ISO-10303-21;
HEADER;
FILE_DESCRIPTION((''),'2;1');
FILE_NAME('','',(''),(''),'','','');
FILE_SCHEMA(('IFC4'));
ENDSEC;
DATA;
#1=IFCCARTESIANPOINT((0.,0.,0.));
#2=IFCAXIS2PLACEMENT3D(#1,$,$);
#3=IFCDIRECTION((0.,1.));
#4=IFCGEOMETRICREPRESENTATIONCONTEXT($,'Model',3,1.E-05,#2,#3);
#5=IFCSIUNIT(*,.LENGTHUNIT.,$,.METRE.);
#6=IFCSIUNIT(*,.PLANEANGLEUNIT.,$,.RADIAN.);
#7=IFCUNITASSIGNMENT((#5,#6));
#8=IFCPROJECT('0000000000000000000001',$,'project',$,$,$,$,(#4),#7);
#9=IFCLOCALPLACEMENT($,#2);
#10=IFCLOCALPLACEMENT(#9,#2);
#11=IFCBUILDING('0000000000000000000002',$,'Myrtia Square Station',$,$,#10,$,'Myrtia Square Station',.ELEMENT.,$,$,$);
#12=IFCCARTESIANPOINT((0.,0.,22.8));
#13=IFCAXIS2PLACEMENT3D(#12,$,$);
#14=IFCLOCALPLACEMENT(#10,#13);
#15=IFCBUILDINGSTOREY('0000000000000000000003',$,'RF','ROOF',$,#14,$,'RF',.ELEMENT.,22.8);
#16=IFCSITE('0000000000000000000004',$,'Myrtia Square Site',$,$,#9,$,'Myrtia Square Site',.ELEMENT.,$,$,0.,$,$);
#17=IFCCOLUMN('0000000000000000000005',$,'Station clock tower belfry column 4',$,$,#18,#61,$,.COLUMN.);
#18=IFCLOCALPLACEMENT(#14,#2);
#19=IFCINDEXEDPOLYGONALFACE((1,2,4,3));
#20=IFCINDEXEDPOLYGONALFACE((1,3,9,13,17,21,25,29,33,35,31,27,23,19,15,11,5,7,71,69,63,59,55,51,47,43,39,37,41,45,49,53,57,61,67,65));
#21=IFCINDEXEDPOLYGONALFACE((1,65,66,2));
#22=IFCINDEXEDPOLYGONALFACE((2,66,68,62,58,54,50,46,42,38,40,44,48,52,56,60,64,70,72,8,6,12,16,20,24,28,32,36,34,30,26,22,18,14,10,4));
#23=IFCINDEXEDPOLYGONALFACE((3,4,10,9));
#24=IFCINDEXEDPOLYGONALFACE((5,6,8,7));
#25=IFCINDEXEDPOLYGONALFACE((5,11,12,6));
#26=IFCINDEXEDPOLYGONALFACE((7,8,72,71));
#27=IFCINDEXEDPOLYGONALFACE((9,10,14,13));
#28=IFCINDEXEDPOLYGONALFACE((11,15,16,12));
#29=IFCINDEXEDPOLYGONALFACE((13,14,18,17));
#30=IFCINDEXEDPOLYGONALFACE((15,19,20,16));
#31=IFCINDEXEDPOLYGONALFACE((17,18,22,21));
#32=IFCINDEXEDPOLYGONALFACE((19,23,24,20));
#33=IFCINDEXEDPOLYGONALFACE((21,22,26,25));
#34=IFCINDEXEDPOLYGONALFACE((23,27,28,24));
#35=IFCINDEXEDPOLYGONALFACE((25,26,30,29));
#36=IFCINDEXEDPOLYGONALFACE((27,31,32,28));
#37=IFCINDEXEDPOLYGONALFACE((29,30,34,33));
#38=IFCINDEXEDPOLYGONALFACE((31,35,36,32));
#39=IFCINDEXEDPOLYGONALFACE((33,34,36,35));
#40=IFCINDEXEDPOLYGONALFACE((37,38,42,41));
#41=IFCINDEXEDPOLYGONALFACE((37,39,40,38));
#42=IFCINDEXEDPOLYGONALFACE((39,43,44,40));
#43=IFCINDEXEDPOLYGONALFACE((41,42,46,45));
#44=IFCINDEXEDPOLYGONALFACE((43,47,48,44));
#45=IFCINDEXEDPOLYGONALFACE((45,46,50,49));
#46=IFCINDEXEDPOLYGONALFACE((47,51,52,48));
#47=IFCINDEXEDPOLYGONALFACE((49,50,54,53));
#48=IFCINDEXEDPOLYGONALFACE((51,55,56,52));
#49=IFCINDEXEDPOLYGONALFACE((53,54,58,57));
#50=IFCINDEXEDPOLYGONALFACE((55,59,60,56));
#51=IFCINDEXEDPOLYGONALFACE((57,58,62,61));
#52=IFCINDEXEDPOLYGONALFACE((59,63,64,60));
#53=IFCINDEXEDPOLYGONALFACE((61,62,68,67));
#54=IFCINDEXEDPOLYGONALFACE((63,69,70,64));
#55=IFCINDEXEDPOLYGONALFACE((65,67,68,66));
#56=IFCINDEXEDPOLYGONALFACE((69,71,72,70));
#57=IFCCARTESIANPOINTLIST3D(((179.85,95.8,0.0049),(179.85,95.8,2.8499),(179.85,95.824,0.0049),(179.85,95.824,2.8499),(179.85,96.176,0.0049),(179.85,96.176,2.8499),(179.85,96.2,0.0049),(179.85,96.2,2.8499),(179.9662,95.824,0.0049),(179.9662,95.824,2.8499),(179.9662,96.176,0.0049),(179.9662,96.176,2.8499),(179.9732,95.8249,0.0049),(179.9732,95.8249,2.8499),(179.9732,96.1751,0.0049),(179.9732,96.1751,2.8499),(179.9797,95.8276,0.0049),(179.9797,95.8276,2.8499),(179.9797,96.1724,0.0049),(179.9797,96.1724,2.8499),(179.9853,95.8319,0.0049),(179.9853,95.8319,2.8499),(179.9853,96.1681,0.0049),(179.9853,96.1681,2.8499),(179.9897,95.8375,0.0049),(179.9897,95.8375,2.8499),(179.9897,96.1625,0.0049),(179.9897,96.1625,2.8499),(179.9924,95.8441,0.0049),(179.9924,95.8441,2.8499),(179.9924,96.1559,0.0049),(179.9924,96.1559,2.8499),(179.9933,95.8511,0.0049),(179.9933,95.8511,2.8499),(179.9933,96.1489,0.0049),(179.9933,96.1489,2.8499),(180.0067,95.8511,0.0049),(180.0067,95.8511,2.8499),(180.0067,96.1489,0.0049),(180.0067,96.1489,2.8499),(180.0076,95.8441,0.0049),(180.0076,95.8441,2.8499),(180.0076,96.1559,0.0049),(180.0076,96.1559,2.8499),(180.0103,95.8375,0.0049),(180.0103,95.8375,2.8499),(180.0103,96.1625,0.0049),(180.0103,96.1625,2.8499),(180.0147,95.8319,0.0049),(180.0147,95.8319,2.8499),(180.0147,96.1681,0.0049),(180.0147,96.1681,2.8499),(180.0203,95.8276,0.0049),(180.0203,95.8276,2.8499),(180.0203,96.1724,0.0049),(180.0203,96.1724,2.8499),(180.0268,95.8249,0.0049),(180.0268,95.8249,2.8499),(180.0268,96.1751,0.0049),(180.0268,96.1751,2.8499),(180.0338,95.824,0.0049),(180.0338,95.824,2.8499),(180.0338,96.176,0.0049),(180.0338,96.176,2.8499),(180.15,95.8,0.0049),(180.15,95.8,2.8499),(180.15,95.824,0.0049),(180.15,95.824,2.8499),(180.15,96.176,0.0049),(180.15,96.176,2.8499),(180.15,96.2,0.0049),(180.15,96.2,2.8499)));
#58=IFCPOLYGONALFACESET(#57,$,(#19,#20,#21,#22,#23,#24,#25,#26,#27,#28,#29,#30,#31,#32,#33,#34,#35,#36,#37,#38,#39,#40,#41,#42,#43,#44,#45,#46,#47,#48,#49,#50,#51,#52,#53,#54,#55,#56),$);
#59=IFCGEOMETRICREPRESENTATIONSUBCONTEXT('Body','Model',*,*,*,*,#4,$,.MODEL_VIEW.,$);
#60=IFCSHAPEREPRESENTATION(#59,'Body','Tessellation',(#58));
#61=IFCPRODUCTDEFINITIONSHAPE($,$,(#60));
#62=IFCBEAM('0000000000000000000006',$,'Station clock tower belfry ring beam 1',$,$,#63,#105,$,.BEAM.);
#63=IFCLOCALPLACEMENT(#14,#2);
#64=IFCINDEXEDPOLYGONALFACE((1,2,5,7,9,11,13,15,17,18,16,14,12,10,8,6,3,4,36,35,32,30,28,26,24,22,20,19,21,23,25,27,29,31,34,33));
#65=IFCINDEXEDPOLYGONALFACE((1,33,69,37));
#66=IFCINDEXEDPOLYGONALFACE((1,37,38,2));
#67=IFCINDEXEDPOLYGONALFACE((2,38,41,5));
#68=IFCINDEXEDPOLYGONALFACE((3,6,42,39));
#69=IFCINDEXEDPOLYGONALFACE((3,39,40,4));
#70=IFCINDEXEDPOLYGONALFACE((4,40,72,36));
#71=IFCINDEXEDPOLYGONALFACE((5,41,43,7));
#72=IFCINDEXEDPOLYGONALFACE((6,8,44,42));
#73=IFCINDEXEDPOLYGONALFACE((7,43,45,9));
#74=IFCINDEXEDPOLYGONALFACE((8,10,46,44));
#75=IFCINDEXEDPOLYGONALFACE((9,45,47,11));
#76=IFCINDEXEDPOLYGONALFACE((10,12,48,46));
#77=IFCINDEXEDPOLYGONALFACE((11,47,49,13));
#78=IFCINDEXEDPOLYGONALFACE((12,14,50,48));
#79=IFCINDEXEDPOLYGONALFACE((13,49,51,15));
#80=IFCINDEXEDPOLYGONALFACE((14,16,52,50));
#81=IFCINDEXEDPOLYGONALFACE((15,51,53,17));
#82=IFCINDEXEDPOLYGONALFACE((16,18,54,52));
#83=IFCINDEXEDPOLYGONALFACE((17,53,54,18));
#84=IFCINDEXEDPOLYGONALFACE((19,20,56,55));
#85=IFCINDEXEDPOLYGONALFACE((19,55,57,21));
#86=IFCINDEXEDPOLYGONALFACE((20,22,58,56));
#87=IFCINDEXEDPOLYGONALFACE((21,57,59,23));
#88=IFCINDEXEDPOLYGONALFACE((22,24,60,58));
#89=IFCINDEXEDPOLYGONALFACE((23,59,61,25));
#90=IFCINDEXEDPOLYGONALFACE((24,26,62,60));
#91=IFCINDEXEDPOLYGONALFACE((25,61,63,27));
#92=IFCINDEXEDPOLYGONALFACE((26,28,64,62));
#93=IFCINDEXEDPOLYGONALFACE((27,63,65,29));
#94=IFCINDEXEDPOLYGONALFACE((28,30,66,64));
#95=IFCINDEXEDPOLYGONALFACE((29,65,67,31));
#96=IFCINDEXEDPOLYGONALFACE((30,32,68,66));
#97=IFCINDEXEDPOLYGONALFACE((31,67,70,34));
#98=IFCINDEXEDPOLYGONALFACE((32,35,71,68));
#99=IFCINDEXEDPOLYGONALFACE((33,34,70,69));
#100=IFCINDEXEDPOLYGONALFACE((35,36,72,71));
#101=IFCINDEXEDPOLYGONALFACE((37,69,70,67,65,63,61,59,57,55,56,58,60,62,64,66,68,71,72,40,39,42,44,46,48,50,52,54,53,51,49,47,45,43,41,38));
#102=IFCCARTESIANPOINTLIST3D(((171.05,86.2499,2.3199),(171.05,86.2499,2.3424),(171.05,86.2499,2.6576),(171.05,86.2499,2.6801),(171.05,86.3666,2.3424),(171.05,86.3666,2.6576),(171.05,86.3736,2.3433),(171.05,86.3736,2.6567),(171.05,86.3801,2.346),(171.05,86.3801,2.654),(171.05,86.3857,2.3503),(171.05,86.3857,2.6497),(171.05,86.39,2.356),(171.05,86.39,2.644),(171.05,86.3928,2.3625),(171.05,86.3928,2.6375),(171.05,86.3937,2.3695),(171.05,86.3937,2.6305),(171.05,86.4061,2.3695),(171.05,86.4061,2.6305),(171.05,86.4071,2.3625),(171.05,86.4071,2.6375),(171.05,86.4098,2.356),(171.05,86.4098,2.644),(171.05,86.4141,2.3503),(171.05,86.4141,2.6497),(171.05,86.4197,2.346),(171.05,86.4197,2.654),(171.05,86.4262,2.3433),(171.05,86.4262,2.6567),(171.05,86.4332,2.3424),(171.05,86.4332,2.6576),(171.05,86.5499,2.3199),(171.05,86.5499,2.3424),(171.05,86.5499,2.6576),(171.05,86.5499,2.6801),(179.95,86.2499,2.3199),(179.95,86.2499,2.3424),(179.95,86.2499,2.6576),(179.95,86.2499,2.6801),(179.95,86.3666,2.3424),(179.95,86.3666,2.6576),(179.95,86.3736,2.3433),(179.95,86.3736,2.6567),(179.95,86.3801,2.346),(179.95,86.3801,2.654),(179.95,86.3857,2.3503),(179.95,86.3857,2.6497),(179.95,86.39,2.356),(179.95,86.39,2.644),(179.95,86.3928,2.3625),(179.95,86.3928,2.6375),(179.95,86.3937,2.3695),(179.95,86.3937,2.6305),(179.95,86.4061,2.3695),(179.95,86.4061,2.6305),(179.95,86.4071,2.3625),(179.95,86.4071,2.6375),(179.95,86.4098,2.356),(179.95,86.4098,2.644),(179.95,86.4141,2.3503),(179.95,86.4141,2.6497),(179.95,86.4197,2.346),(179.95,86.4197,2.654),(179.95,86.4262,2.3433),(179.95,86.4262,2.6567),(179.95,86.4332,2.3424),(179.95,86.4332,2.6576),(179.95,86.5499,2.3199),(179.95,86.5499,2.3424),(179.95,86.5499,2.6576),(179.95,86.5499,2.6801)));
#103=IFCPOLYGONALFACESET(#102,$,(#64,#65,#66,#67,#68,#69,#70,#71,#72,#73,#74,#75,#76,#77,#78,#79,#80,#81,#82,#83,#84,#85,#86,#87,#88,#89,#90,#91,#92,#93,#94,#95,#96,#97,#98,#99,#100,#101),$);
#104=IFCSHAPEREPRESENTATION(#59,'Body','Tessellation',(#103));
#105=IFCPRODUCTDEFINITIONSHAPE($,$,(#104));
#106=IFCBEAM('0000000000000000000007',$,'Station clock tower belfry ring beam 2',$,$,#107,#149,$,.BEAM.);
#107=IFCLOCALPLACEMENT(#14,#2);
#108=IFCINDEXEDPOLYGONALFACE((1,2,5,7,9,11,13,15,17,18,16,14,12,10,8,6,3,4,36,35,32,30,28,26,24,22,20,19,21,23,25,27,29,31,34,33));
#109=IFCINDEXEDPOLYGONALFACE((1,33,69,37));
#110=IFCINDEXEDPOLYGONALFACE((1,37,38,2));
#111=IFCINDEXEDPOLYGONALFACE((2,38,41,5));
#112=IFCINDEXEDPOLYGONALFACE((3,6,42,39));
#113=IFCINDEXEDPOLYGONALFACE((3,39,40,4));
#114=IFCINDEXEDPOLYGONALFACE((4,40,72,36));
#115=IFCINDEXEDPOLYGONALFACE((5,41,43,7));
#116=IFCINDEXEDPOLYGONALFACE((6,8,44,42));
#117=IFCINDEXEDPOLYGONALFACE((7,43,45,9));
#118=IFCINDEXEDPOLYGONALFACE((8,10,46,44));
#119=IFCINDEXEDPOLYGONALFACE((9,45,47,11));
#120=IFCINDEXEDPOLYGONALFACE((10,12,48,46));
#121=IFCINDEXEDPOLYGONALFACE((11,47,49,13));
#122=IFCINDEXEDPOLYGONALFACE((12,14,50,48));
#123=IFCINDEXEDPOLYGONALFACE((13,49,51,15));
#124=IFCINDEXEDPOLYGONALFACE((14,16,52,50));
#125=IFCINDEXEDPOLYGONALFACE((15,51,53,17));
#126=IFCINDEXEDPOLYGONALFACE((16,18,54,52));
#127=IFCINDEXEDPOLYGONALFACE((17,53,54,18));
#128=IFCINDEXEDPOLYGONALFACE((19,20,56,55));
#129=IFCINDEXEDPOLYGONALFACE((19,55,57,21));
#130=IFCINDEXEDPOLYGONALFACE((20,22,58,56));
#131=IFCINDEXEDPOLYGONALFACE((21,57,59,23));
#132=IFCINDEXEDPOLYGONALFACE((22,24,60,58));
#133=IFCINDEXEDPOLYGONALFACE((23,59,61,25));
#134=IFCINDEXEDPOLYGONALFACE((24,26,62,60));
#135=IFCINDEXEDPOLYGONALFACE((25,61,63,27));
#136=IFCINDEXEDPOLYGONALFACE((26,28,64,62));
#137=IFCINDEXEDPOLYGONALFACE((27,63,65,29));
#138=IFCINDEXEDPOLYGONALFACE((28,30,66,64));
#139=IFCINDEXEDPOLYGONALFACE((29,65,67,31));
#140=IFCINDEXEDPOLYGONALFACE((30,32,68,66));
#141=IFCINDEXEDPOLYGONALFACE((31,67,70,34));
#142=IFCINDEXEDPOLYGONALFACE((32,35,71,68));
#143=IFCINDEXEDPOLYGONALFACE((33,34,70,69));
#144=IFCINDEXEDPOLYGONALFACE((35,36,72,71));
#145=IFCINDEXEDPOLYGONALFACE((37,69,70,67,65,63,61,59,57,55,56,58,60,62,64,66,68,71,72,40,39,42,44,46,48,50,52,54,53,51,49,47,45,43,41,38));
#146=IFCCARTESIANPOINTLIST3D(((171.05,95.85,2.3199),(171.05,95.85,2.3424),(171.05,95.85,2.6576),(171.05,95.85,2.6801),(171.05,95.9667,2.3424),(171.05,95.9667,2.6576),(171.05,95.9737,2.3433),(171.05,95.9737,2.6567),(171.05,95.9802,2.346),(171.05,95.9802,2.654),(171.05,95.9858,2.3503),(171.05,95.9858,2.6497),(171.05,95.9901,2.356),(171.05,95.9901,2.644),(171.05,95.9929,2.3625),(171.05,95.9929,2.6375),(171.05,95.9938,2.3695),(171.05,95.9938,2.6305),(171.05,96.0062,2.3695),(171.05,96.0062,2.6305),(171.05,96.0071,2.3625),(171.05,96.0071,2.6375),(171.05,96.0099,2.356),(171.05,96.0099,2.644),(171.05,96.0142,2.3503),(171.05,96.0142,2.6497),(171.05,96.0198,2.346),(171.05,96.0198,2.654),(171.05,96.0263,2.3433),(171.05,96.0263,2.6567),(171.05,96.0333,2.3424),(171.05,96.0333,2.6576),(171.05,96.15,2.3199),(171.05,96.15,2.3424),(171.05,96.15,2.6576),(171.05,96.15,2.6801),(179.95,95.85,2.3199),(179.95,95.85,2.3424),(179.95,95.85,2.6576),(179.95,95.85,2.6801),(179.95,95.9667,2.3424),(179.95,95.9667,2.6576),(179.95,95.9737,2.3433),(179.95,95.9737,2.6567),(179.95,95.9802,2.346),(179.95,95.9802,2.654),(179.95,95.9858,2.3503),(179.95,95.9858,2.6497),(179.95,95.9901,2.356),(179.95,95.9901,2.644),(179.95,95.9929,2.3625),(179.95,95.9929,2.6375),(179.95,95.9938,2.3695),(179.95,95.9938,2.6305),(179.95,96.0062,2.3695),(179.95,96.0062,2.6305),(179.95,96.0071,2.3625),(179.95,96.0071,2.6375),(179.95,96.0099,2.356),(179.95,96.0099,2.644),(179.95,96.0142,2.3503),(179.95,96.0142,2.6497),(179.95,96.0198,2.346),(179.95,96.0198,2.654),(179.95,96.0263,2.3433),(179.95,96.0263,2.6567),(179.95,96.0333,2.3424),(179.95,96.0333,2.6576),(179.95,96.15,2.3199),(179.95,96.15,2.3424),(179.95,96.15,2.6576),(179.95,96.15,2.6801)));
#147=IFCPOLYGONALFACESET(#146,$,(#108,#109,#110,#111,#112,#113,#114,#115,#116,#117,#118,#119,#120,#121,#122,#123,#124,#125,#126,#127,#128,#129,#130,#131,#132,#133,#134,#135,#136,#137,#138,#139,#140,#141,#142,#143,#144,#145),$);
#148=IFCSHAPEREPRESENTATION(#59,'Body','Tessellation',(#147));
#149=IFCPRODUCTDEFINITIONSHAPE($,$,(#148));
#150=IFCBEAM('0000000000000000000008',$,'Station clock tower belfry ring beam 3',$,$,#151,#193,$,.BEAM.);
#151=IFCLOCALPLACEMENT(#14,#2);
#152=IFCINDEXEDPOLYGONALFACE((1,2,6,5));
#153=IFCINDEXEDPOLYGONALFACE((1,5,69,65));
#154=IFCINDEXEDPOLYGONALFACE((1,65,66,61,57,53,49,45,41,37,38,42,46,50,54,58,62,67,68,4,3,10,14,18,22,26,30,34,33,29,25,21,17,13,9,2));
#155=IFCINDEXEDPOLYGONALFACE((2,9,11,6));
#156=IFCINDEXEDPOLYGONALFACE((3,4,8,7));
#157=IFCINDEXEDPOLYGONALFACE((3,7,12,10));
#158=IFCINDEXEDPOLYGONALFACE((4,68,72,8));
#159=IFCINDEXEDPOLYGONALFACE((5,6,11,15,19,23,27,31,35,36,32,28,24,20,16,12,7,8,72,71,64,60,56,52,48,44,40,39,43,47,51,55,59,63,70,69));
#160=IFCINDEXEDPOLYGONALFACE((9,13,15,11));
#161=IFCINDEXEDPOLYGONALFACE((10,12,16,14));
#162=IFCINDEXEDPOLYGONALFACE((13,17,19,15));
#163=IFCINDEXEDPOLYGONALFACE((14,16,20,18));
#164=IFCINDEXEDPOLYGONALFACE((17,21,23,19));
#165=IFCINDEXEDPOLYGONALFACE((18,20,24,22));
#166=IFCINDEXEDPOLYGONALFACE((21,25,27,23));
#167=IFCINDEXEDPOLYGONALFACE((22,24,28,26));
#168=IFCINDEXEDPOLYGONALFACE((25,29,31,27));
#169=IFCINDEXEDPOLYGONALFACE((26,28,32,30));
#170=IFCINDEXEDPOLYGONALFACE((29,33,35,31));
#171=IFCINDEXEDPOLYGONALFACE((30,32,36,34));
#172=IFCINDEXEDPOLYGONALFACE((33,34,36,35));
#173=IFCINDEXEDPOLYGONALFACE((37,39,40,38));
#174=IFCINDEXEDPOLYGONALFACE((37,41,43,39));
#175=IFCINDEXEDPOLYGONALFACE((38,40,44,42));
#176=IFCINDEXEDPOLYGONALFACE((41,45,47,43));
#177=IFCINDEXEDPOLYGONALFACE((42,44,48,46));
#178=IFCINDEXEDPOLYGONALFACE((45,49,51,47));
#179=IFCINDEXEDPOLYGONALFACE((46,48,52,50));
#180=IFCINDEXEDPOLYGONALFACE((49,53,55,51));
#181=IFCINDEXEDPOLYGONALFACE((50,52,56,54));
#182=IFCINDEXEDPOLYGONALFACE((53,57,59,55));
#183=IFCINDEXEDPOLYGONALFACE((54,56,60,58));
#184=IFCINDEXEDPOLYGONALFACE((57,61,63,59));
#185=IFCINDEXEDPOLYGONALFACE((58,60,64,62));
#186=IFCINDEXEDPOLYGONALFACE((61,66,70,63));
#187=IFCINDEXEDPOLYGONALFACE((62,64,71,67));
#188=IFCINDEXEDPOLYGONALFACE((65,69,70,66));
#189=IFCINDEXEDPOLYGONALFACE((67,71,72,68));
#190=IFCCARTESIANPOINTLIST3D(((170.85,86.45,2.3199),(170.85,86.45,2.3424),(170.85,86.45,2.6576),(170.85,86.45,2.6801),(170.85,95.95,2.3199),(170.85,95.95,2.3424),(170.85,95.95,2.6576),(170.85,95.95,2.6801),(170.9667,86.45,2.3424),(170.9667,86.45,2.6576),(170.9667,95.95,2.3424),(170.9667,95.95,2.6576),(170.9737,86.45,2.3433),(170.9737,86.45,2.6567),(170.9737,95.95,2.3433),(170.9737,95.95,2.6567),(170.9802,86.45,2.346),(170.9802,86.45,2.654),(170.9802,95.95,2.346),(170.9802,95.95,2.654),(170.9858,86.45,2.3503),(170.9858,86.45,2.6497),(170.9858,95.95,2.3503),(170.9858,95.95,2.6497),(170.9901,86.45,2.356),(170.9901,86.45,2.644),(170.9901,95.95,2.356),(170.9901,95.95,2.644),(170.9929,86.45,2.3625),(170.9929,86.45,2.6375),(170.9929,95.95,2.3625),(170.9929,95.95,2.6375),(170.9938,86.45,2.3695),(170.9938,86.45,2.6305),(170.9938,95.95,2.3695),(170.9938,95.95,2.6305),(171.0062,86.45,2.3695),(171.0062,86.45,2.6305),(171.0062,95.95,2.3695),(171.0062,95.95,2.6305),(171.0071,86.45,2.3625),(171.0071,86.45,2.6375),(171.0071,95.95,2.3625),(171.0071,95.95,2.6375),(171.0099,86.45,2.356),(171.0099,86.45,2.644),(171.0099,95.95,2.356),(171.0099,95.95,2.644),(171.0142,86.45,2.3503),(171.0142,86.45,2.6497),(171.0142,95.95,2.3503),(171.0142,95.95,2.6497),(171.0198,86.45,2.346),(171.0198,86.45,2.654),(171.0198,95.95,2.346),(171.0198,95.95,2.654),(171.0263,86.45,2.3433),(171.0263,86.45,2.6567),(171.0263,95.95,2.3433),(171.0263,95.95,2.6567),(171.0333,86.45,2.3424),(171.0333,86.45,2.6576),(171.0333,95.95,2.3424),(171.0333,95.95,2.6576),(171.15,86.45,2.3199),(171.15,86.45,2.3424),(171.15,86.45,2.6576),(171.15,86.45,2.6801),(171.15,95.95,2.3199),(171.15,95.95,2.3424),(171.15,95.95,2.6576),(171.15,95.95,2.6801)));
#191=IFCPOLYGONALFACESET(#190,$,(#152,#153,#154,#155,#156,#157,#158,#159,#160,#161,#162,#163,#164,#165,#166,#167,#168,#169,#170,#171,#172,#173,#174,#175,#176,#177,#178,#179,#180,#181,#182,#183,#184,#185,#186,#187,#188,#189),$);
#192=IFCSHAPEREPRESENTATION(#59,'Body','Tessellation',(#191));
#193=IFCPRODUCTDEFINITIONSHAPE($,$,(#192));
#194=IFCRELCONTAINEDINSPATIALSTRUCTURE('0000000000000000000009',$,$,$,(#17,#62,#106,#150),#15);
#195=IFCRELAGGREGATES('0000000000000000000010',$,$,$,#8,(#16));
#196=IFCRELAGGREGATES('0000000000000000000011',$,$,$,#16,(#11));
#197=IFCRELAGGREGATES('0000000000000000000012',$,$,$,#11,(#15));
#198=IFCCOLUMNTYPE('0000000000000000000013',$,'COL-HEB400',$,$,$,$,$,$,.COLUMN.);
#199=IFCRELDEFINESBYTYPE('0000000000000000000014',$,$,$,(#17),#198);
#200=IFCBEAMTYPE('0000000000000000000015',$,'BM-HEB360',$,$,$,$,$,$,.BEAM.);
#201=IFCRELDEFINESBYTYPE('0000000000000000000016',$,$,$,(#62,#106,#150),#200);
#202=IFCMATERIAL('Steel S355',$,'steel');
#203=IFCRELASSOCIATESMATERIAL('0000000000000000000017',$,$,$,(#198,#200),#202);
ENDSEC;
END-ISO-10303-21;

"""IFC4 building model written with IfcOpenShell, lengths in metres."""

from ifc_helpers import new_model, si_unit, direction, frame, origin, origin_2d, place, context, subcontext, project, spatial, i_section, extrude, material, material_profile, profile_set, type_object, element, save


model = new_model("IFC4")

# Units and contexts
model_context = context("Model", 3, precision=1e-05, world=origin(), true_north=direction((0.0, 1.0)))
body_context = subcontext(model_context, "Body", "Model", "MODEL_VIEW")
ifc_project = project(units=[si_unit("LENGTHUNIT", "METRE"), si_unit("PLANEANGLEUNIT", "RADIAN")], contexts=[model_context])

# Site, building, storey
site_placement = place(None, origin())
site = spatial("IfcSite", under=ifc_project, at=site_placement, Name="Myrtia Square Site", LongName="Myrtia Square Site", CompositionType="ELEMENT", RefElevation=0.0)
building_placement = place(site_placement, origin())
building = spatial("IfcBuilding", under=site, at=building_placement, Name="Myrtia Square Station", LongName="Myrtia Square Station", CompositionType="ELEMENT")
storey_placement = place(building_placement, frame((0.0, 0.0, 22.8)))
storey = spatial("IfcBuildingStorey", under=building, at=storey_placement, Name="RF", Description="ROOF", LongName="RF", CompositionType="ELEMENT", Elevation=22.8)

# Column
ifc_material_1 = material(Name="Steel S355", Category="steel")
ifc_material_profile_1 = material_profile(ifc_material_1, i_section(OverallWidth=0.3, OverallDepth=0.3999, WebThickness=0.0134, FlangeThickness=0.0239, FilletRadius=0.0271, at=origin_2d()), Name="HEB 400")
ifc_profile_set_1 = profile_set([ifc_material_profile_1], Name="Steel S355")
column_type_1 = type_object("IfcColumnType", Name="COL-HEB400", PredefinedType="COLUMN", material=ifc_profile_set_1)
for number, where, z_axis, x_axis, name in (
    (1, (180.0, 96.0, 0.0049), (0.0, 0.0, 1.0), (1.0, 0.0, 0.0), "Station clock tower belfry column 4"),
):
    element("IfcColumn", number, at=place(storey_placement, frame(where, z_axis=z_axis, x_axis=x_axis)), inside=storey, type_object=column_type_1, Name=name, PredefinedType="COLUMN", context=body_context, shape_type="SweptSolid", body=[
        extrude(i_section(OverallWidth=0.3, OverallDepth=0.3999, WebThickness=0.0134, FlangeThickness=0.0239, FilletRadius=0.0271, at=origin_2d()), origin(), (0.0, 0.0, 1.0), 2.845),
    ])

# Beams
ifc_material_profile_2 = material_profile(ifc_material_1, i_section(OverallWidth=0.3, OverallDepth=0.3601, WebThickness=0.0125, FlangeThickness=0.0225, FilletRadius=0.0271, at=origin_2d()), Name="HEB 360")
ifc_profile_set_2 = profile_set([ifc_material_profile_2], Name="Steel S355")
beam_type_1 = type_object("IfcBeamType", Name="BM-HEB360", PredefinedType="BEAM", material=ifc_profile_set_2)
for number, where, z_axis, x_axis, name in (
    (2, (171.05, 86.3999, 2.5), (1.0, 0.0, 0.0), (0.0, 1.0, 0.0), "Station clock tower belfry ring beam 1"),
    (3, (171.05, 96.0, 2.5), (1.0, 0.0, 0.0), (0.0, 1.0, 0.0), "Station clock tower belfry ring beam 2"),
):
    element("IfcBeam", number, at=place(storey_placement, frame(where, z_axis=z_axis, x_axis=x_axis)), inside=storey, type_object=beam_type_1, Name=name, PredefinedType="BEAM", context=body_context, shape_type="SweptSolid", body=[
        extrude(i_section(OverallWidth=0.3, OverallDepth=0.3601, WebThickness=0.0125, FlangeThickness=0.0225, FilletRadius=0.0271, at=origin_2d()), origin(), (0.0, 0.0, 1.0), 8.8999),
    ])
for number, where, z_axis, x_axis, name in (
    (4, (171.0, 86.45, 2.5), (0.0, 1.0, 0.0), (-1.0, 0.0, 0.0), "Station clock tower belfry ring beam 3"),
):
    element("IfcBeam", number, at=place(storey_placement, frame(where, z_axis=z_axis, x_axis=x_axis)), inside=storey, type_object=beam_type_1, Name=name, PredefinedType="BEAM", context=body_context, shape_type="SweptSolid", body=[
        extrude(i_section(OverallWidth=0.3, OverallDepth=0.3601, WebThickness=0.0125, FlangeThickness=0.0225, FilletRadius=0.0271, at=origin_2d()), origin(), (0.0, 0.0, 1.0), 9.5),
    ])

save(model, "model.ifc")
